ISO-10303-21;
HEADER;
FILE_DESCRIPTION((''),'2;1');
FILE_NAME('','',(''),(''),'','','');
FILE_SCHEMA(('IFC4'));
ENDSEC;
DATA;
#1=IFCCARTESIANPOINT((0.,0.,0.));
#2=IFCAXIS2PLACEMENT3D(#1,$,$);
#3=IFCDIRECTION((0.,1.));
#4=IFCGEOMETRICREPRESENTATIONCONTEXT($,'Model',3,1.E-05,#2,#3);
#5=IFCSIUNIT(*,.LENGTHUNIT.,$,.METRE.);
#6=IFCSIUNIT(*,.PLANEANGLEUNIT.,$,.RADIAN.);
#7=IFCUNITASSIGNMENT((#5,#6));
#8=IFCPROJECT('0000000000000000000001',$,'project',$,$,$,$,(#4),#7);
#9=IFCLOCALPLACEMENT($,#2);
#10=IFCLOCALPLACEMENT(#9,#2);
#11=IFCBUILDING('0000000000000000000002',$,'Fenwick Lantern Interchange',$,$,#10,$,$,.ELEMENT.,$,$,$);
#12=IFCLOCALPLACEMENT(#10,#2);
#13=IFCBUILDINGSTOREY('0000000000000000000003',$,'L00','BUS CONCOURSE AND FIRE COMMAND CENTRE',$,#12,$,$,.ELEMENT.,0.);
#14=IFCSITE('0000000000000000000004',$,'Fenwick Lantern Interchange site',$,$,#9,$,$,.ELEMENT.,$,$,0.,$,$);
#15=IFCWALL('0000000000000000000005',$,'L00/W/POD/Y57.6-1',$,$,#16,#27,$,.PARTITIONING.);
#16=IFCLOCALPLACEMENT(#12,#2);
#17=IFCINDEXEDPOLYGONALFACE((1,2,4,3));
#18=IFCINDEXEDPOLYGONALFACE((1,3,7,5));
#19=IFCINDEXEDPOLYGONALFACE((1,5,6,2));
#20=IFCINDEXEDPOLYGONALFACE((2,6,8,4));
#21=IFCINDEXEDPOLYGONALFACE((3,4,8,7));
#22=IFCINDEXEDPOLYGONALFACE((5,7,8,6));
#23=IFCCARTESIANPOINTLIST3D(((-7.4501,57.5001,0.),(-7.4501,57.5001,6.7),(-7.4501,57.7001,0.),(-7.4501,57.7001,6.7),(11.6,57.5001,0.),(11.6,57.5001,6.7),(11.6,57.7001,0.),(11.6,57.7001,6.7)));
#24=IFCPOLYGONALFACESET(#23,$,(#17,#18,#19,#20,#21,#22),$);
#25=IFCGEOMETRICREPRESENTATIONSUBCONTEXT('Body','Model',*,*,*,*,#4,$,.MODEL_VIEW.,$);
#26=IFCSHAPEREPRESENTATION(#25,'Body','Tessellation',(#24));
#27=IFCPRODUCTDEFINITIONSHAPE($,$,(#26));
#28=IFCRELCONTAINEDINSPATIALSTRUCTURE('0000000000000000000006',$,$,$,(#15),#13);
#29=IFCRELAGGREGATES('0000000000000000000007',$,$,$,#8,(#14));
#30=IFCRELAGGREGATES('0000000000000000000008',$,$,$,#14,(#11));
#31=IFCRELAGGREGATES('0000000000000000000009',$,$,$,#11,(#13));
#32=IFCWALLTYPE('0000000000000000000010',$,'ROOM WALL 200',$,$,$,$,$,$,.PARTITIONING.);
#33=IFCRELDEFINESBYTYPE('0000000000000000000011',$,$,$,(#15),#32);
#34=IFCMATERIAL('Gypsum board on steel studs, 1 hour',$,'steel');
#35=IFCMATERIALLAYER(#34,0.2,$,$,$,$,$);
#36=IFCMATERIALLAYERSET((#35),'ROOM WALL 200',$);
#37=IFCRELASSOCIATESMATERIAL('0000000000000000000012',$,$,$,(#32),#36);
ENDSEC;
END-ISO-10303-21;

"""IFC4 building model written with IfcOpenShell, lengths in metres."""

from ifc_helpers import new_model, si_unit, direction, frame, frame_2d, origin, place, context, subcontext, project, spatial, rectangle, extrude, material, layer, layer_set, type_object, element, save


model = new_model("IFC4")

# Units and contexts
model_context = context("Model", 3, precision=1e-05, world=origin(), true_north=direction((0.0, 1.0)))
body_context = subcontext(model_context, "Body", "Model", "MODEL_VIEW")
ifc_project = project(units=[si_unit("LENGTHUNIT", "METRE"), si_unit("PLANEANGLEUNIT", "RADIAN")], contexts=[model_context])

# Site, building, storey
site_placement = place(None, origin())
site = spatial("IfcSite", under=ifc_project, at=site_placement, Name="Fenwick Lantern Interchange site", CompositionType="ELEMENT", RefElevation=0.0)
building_placement = place(site_placement, origin())
building = spatial("IfcBuilding", under=site, at=building_placement, Name="Fenwick Lantern Interchange", CompositionType="ELEMENT")
storey_placement = place(building_placement, origin())
storey = spatial("IfcBuildingStorey", under=building, at=storey_placement, Name="L00", Description="BUS CONCOURSE AND FIRE COMMAND CENTRE", CompositionType="ELEMENT", Elevation=0.0)

# Wall
ifc_material_1 = material(Name="Gypsum board on steel studs, 1 hour", Category="steel")
ifc_layer_1 = layer(ifc_material_1, 0.2)
ifc_layer_set_1 = layer_set([ifc_layer_1], Name="ROOM WALL 200")
wall_type_1 = type_object("IfcWallType", Name="ROOM WALL 200", PredefinedType="PARTITIONING", material=ifc_layer_set_1)
wall_1_placement = place(storey_placement, frame((-7.45, 57.6001, 0.0), z_axis=(0.0, 0.0, 1.0), x_axis=(1.0, 0.0, 0.0)))
element("IfcWall", 1, at=wall_1_placement, inside=storey, type_object=wall_type_1, Name="L00/W/POD/Y57.6-1", PredefinedType="PARTITIONING", context=body_context, shape_type="SweptSolid", body=[
    extrude(rectangle(XDim=19.05, YDim=0.2, at=frame_2d((9.5249, 0.0))), origin(), (0.0, 0.0, 1.0), 6.7),
])

save(model, "model.ifc")
